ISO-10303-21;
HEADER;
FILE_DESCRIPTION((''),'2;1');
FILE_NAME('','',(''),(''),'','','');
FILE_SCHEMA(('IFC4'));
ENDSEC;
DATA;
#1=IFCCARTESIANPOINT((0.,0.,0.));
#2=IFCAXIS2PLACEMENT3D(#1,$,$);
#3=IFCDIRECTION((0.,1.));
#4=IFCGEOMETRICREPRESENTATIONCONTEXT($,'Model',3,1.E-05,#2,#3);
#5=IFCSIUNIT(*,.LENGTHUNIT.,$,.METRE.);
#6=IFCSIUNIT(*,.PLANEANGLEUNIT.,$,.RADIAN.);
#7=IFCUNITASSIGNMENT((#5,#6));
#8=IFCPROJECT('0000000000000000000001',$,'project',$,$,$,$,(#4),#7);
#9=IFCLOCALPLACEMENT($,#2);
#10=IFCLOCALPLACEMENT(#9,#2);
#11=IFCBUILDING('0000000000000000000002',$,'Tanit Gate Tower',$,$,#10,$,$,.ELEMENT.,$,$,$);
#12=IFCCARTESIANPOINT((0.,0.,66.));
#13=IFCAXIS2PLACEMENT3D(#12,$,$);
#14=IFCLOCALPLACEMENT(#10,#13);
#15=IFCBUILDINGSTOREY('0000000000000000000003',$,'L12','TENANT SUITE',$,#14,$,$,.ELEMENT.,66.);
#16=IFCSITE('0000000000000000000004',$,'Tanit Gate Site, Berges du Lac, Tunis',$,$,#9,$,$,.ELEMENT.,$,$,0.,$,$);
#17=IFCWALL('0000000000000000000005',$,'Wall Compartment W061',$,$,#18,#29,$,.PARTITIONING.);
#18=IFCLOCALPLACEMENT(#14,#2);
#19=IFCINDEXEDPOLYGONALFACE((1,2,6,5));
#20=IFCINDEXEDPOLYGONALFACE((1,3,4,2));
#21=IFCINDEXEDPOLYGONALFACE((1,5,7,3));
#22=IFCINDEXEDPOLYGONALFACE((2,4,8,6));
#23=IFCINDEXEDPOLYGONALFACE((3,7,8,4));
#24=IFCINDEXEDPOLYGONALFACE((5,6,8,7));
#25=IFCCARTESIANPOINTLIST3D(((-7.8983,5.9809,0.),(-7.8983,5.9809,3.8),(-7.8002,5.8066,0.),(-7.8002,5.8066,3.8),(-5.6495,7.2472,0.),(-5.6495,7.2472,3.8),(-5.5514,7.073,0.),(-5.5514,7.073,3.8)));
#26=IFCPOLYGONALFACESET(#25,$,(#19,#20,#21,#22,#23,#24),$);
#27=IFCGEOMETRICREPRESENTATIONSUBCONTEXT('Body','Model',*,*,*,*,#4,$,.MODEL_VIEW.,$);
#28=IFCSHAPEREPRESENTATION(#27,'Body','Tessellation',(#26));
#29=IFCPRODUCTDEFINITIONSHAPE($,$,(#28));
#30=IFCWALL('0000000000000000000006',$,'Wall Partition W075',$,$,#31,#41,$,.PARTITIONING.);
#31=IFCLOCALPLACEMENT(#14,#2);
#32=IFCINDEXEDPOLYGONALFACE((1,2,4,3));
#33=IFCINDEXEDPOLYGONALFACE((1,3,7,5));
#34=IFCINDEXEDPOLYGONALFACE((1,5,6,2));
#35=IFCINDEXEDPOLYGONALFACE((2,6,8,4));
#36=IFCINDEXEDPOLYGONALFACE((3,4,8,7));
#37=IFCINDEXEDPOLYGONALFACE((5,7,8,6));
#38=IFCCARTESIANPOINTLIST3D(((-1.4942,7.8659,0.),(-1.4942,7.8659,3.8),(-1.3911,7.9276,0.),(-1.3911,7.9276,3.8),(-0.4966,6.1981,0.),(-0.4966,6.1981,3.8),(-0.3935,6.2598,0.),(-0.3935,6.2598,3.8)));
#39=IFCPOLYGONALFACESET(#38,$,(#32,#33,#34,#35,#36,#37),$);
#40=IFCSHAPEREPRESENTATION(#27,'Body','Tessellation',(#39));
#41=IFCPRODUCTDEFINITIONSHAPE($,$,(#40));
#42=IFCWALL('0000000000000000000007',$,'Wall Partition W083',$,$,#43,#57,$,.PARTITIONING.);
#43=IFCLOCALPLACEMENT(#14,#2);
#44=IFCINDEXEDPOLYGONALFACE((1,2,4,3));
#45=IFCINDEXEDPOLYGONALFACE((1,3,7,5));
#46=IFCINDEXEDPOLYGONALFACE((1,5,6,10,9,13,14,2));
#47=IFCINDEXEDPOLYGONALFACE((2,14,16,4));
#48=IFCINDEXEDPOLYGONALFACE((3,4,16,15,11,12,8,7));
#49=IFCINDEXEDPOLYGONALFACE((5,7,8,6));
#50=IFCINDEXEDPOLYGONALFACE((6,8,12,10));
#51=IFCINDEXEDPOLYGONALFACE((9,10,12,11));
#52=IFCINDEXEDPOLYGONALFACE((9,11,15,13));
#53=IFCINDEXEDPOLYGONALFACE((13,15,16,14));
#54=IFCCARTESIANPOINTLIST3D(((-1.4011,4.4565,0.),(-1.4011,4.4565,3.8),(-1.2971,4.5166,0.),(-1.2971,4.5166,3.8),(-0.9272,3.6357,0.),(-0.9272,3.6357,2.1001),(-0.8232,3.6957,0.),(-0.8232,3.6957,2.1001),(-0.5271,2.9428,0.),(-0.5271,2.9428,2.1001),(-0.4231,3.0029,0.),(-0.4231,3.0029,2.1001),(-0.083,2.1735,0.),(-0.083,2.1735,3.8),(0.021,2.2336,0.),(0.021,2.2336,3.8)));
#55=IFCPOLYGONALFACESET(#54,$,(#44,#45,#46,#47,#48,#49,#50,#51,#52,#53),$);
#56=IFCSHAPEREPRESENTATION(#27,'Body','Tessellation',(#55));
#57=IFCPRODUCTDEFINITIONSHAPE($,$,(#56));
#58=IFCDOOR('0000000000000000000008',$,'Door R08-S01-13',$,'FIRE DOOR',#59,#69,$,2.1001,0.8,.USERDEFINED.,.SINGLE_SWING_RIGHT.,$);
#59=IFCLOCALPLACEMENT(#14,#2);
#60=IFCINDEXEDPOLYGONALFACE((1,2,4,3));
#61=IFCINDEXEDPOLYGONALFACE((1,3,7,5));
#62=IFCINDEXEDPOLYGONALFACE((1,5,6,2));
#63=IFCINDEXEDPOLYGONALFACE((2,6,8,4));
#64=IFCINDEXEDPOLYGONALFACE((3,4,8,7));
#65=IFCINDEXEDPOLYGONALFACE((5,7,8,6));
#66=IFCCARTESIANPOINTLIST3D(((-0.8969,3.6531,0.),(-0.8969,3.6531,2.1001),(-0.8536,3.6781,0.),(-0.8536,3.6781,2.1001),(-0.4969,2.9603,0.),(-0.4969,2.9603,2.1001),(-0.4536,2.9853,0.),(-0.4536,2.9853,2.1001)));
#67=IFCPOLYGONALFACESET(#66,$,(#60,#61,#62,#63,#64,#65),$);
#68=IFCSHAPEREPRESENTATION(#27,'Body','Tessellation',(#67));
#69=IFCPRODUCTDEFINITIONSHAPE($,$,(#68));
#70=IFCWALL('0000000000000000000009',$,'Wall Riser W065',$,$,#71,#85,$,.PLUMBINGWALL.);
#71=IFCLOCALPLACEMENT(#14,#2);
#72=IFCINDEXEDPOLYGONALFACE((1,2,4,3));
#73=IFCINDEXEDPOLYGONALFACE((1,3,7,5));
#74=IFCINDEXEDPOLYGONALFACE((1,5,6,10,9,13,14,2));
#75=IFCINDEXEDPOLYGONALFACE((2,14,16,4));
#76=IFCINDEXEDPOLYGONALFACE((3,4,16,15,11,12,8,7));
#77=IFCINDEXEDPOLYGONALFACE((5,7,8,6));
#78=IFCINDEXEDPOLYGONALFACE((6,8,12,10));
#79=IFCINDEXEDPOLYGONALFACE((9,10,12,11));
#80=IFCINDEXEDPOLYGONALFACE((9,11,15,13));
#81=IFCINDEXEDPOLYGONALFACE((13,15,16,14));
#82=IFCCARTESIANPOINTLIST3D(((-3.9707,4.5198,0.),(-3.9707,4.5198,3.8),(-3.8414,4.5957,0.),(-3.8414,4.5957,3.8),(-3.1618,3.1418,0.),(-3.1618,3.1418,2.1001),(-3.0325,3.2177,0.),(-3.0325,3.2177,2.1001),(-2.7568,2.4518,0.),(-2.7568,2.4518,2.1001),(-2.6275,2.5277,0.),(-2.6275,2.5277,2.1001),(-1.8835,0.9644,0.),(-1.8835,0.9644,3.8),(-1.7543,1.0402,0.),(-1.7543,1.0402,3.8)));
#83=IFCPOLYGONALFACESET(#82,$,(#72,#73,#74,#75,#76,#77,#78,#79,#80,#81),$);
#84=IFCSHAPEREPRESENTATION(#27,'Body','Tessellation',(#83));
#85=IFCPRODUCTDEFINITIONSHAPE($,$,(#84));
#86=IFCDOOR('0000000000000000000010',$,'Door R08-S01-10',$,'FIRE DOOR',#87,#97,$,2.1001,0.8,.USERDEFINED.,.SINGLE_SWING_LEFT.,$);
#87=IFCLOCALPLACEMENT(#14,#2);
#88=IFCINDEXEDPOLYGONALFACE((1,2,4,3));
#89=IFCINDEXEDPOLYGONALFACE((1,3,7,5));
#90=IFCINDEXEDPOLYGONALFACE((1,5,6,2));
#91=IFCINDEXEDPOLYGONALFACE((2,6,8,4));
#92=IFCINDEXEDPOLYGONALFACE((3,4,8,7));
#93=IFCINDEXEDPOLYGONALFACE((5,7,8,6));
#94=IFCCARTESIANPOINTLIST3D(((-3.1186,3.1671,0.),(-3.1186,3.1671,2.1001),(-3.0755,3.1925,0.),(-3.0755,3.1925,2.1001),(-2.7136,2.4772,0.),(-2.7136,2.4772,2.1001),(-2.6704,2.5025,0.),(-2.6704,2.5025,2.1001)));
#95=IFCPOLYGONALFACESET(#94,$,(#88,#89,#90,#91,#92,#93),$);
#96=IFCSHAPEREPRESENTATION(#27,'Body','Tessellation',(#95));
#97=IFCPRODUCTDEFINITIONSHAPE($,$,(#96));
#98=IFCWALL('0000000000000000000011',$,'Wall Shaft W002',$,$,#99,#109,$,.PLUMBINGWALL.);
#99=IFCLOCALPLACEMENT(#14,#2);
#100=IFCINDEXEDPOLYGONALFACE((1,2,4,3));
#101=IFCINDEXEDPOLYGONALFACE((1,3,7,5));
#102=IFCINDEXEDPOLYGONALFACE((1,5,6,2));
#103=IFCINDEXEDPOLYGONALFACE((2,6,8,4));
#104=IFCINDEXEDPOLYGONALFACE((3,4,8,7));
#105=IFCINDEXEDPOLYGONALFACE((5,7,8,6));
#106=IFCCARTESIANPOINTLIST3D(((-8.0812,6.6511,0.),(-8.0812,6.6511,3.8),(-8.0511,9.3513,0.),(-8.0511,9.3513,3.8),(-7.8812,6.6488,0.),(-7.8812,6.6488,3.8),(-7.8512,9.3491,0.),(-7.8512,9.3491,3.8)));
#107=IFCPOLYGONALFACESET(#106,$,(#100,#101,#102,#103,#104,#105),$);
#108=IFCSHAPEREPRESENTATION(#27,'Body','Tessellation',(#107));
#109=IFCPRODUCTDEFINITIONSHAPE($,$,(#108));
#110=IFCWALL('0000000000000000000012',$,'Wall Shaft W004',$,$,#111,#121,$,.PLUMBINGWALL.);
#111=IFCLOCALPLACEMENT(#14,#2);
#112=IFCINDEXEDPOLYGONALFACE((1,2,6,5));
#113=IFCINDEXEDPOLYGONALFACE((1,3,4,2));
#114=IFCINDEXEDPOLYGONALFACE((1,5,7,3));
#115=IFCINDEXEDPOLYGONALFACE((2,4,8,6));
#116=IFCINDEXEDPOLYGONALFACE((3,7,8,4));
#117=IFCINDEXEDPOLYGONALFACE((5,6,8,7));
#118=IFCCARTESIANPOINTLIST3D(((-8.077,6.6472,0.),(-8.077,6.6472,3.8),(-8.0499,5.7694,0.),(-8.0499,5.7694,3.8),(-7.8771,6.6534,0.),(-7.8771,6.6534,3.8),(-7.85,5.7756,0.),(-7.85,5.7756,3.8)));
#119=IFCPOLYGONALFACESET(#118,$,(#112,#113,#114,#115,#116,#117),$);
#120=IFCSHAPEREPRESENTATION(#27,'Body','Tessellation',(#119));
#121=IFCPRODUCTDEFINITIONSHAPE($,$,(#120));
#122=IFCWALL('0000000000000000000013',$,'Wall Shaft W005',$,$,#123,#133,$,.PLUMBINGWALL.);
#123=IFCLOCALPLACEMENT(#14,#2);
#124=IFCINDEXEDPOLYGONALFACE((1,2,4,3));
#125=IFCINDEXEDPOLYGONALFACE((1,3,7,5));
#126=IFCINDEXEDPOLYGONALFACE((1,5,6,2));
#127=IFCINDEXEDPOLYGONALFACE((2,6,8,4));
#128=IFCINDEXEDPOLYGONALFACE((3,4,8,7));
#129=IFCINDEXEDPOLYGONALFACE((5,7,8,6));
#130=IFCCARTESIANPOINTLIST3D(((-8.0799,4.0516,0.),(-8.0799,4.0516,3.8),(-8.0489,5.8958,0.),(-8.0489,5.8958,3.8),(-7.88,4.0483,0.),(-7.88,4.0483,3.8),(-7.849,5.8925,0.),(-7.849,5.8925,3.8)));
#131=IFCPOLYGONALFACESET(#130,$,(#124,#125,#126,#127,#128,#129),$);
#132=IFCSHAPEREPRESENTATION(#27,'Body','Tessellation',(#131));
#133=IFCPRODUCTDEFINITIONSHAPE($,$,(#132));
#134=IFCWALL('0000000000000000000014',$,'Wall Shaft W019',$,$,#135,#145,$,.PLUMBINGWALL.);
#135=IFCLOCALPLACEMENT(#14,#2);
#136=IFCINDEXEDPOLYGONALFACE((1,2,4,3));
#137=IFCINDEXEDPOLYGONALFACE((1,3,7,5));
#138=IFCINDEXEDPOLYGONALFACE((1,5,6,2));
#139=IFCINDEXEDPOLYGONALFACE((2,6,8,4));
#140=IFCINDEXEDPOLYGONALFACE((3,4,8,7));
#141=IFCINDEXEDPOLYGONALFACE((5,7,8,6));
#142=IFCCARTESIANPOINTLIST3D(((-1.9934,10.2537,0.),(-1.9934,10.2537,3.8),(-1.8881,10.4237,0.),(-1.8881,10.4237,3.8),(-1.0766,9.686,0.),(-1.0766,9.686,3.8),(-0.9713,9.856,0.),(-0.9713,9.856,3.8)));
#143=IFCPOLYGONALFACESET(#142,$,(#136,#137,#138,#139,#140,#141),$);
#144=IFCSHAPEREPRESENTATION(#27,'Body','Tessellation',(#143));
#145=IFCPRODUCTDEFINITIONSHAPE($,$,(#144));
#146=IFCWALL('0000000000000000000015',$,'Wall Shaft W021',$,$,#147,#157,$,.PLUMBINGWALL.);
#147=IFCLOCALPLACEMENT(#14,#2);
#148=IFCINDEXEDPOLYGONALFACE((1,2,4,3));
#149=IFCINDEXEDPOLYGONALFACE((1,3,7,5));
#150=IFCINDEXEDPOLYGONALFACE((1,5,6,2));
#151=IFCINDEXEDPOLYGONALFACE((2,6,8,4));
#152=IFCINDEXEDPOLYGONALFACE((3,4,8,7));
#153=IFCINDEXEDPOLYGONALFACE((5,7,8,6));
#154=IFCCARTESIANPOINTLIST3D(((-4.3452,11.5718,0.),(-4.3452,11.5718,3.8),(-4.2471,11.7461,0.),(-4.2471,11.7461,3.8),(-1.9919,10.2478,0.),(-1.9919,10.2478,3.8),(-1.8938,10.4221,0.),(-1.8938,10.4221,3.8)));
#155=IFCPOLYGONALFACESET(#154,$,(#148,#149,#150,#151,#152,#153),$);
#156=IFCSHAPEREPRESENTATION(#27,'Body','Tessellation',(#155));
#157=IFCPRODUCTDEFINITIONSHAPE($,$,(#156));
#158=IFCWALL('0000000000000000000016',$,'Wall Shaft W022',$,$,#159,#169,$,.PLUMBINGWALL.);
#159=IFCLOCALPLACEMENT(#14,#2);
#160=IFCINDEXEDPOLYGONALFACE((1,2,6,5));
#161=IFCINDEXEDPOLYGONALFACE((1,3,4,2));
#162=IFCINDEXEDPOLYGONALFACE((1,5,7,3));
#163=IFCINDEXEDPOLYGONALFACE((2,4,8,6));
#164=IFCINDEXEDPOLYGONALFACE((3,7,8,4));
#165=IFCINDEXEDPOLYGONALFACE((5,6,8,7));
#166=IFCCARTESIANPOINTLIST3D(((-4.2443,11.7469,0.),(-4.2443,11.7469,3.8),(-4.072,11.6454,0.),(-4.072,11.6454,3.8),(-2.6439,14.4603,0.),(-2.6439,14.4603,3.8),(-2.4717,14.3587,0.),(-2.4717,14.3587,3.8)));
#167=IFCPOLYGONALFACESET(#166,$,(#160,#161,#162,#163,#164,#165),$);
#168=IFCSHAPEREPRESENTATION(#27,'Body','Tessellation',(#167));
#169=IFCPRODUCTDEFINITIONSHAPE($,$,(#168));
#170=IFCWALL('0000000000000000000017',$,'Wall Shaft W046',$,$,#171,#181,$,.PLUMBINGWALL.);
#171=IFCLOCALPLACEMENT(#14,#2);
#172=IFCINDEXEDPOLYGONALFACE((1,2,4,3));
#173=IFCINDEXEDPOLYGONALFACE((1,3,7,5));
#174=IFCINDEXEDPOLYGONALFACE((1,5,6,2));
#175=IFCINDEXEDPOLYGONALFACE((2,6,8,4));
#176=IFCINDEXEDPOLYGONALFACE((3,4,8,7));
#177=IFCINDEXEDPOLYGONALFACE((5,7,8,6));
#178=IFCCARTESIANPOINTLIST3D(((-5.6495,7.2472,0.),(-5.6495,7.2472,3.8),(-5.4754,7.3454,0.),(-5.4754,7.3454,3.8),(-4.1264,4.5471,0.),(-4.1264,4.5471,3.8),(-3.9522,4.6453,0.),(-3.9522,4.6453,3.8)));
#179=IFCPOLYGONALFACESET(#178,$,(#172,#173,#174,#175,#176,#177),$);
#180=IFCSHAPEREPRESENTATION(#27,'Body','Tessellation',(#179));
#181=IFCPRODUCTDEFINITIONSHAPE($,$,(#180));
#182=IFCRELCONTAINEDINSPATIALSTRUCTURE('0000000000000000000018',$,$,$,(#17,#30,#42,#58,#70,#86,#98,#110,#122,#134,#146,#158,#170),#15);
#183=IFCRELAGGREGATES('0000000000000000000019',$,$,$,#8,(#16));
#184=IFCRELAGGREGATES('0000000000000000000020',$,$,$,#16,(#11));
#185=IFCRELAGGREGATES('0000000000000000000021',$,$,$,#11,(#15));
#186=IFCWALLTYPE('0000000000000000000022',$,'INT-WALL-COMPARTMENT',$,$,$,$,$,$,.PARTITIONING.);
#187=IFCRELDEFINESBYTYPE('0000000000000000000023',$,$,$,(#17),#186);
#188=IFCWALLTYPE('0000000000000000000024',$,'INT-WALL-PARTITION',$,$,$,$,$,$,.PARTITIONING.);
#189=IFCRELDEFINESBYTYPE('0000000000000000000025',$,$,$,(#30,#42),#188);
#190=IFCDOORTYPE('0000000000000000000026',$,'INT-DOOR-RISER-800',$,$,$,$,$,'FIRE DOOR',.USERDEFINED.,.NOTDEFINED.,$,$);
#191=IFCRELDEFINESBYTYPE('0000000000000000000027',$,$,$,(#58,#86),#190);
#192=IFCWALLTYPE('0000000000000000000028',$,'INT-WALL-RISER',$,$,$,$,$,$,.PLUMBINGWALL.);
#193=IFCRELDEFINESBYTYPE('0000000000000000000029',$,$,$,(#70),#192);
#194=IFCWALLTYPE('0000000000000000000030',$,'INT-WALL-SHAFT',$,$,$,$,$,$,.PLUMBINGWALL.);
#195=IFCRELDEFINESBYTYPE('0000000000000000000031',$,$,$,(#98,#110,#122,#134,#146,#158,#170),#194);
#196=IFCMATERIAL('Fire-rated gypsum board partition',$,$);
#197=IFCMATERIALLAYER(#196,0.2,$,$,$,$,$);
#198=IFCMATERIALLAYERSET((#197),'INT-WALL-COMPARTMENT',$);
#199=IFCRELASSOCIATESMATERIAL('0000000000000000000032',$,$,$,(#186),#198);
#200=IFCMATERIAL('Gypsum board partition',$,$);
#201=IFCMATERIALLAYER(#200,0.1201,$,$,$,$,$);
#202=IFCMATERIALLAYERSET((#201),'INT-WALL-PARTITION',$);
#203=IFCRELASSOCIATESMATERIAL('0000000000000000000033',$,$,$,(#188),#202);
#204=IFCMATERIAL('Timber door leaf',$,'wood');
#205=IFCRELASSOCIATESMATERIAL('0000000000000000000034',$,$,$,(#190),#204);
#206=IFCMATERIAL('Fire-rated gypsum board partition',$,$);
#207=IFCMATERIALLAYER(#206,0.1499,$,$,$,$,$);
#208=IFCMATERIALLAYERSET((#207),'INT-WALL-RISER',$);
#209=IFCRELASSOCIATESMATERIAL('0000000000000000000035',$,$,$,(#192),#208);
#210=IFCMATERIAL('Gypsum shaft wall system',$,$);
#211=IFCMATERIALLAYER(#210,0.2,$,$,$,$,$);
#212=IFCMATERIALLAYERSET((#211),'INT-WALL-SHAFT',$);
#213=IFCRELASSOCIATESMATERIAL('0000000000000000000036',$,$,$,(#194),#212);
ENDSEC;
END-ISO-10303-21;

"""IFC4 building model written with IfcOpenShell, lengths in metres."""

from ifc_helpers import new_model, si_unit, direction, frame, frame_2d, origin, place, context, subcontext, project, spatial, rectangle, extrude, material, layer, layer_set, type_object, element, fill, save


model = new_model("IFC4")

# Units and contexts
model_context = context("Model", 3, precision=1e-05, world=origin(), true_north=direction((0.0, 1.0)))
body_context = subcontext(model_context, "Body", "Model", "MODEL_VIEW")
ifc_project = project(units=[si_unit("LENGTHUNIT", "METRE"), si_unit("PLANEANGLEUNIT", "RADIAN")], contexts=[model_context])

# Site, building, storey
site_placement = place(None, origin())
site = spatial("IfcSite", under=ifc_project, at=site_placement, Name="Tanit Gate Site, Berges du Lac, Tunis", CompositionType="ELEMENT", RefElevation=0.0)
building_placement = place(site_placement, origin())
building = spatial("IfcBuilding", under=site, at=building_placement, Name="Tanit Gate Tower", CompositionType="ELEMENT")
storey_placement = place(building_placement, frame((0.0, 0.0, 66.0)))
storey = spatial("IfcBuildingStorey", under=building, at=storey_placement, Name="L12", Description="TENANT SUITE", CompositionType="ELEMENT", Elevation=66.0)

# Walls
ifc_material_1 = material(Name="Fire-rated gypsum board partition")
ifc_layer_1 = layer(ifc_material_1, 0.2)
ifc_layer_set_1 = layer_set([ifc_layer_1], Name="INT-WALL-COMPARTMENT")
wall_type_1 = type_object("IfcWallType", Name="INT-WALL-COMPARTMENT", PredefinedType="PARTITIONING", material=ifc_layer_set_1)
wall_1_placement = place(storey_placement, frame((-5.6003, 7.1602, 0.0), z_axis=(0.0, 0.0, 1.0), x_axis=(-0.87134, -0.490679, 0.0)))
element("IfcWall", 1, at=wall_1_placement, inside=storey, type_object=wall_type_1, Name="Wall Compartment W061", PredefinedType="PARTITIONING", context=body_context, shape_type="SweptSolid", body=[
    extrude(rectangle(XDim=2.5808, YDim=0.2, at=frame_2d((1.2905, 0.0))), origin(), (0.0, 0.0, 1.0), 3.8),
])
ifc_material_2 = material(Name="Gypsum board partition")
ifc_layer_2 = layer(ifc_material_2, 0.1201)
ifc_layer_set_2 = layer_set([ifc_layer_2], Name="INT-WALL-PARTITION")
wall_type_2 = type_object("IfcWallType", Name="INT-WALL-PARTITION", PredefinedType="PARTITIONING", material=ifc_layer_set_2)
wall_2_placement = place(storey_placement, frame((-1.4426, 7.8967, 0.0), z_axis=(0.0, 0.0, 1.0), x_axis=(0.513331, -0.858191, 0.0)))
element("IfcWall", 2, at=wall_2_placement, inside=storey, type_object=wall_type_2, Name="Wall Partition W075", PredefinedType="PARTITIONING", context=body_context, shape_type="SweptSolid", body=[
    extrude(rectangle(XDim=1.9434, YDim=0.1201, at=frame_2d((0.9717, 0.0))), origin(), (0.0, 0.0, 1.0), 3.8),
])

# Walls, openings, doors
wall_3_placement = place(storey_placement, frame((-1.3491, 4.4866, 0.0), z_axis=(0.0, 0.0, 1.0), x_axis=(0.500014, -0.866017, 0.0)))
wall_3 = element("IfcWall", 3, at=wall_3_placement, inside=storey, type_object=wall_type_2, Name="Wall Partition W083", PredefinedType="PARTITIONING", context=body_context, shape_type="SweptSolid", body=[
    extrude(rectangle(XDim=2.6362, YDim=0.1201, at=frame_2d((1.3181, 0.0))), origin(), (0.0, 0.0, 1.0), 3.8),
])
opening_1_placement = place(wall_3_placement, frame((0.948, 0.0, 0.0)))
opening_1 = element("IfcOpeningElement", 4, at=opening_1_placement, cuts=wall_3, PredefinedType="OPENING", context=body_context, shape_type="SweptSolid", body=[
    extrude(rectangle(XDim=0.8, YDim=2.1001, at=frame_2d((0.3999, 1.05))), frame((0.0, 0.0701, 0.0), z_axis=(0.0, -1.0, 0.0), x_axis=(1.0, 0.0, 0.0)), (0.0, 0.0, 1.0), 0.1401),
])
ifc_material_3 = material(Name="Timber door leaf", Category="wood")
door_type_1 = type_object("IfcDoorType", Name="INT-DOOR-RISER-800", ElementType="FIRE DOOR", OperationType="NOTDEFINED", PredefinedType="USERDEFINED", material=ifc_material_3)
door_1_placement = place(opening_1_placement, origin())
door_1 = element("IfcDoor", 5, at=door_1_placement, inside=storey, type_object=door_type_1, Name="Door R08-S01-13", ObjectType="FIRE DOOR", OperationType="SINGLE_SWING_RIGHT", OverallHeight=2.1001, OverallWidth=0.8, PredefinedType="USERDEFINED", context=body_context, shape_type="SweptSolid", body=[
    extrude(rectangle(XDim=0.8, YDim=2.1001, at=frame_2d((0.3999, 1.05))), frame((0.0, 0.0249, 0.0), z_axis=(0.0, -1.0, 0.0), x_axis=(1.0, 0.0, 0.0)), (0.0, 0.0, 1.0), 0.05),
])
fill(opening_1, door_1)
ifc_material_4 = material(Name="Fire-rated gypsum board partition")
ifc_layer_3 = layer(ifc_material_4, 0.1499)
ifc_layer_set_3 = layer_set([ifc_layer_3], Name="INT-WALL-RISER")
wall_type_3 = type_object("IfcWallType", Name="INT-WALL-RISER", PredefinedType="PLUMBINGWALL", material=ifc_layer_set_3)
wall_4_placement = place(storey_placement, frame((-1.8188, 1.0022, 0.0), z_axis=(0.0, 0.0, 1.0), x_axis=(-0.506251, 0.862386, 0.0)))
wall_4 = element("IfcWall", 6, at=wall_4_placement, inside=storey, type_object=wall_type_3, Name="Wall Riser W065", PredefinedType="PLUMBINGWALL", context=body_context, shape_type="SweptSolid", body=[
    extrude(rectangle(XDim=4.1228, YDim=0.1499, at=frame_2d((2.0615, 0.0))), origin(), (0.0, 0.0, 1.0), 3.8),
])
opening_2_placement = place(wall_4_placement, frame((1.7251, 0.0, 0.0)))
opening_2 = element("IfcOpeningElement", 7, at=opening_2_placement, cuts=wall_4, PredefinedType="OPENING", context=body_context, shape_type="SweptSolid", body=[
    extrude(rectangle(XDim=0.8, YDim=2.1001, at=frame_2d((0.3999, 1.05))), frame((0.0, 0.085, 0.0), z_axis=(0.0, -1.0, 0.0), x_axis=(1.0, 0.0, 0.0)), (0.0, 0.0, 1.0), 0.1699),
])
door_2_placement = place(opening_2_placement, origin())
door_2 = element("IfcDoor", 8, at=door_2_placement, inside=storey, type_object=door_type_1, Name="Door R08-S01-10", ObjectType="FIRE DOOR", OperationType="SINGLE_SWING_LEFT", OverallHeight=2.1001, OverallWidth=0.8, PredefinedType="USERDEFINED", context=body_context, shape_type="SweptSolid", body=[
    extrude(rectangle(XDim=0.8, YDim=2.1001, at=frame_2d((0.3999, 1.05))), frame((0.0, 0.0249, 0.0), z_axis=(0.0, -1.0, 0.0), x_axis=(1.0, 0.0, 0.0)), (0.0, 0.0, 1.0), 0.05),
])
fill(opening_2, door_2)

# Walls
ifc_material_5 = material(Name="Gypsum shaft wall system")
ifc_layer_4 = layer(ifc_material_5, 0.2)
ifc_layer_set_4 = layer_set([ifc_layer_4], Name="INT-WALL-SHAFT")
wall_type_4 = type_object("IfcWallType", Name="INT-WALL-SHAFT", PredefinedType="PLUMBINGWALL", material=ifc_layer_set_4)
wall_5_placement = place(storey_placement, frame((-7.9512, 9.3501, 0.0), z_axis=(0.0, 0.0, 1.0), x_axis=(-0.01112, -0.999938, 0.0)))
element("IfcWall", 9, at=wall_5_placement, inside=storey, type_object=wall_type_4, Name="Wall Shaft W002", PredefinedType="PLUMBINGWALL", context=body_context, shape_type="SweptSolid", body=[
    extrude(rectangle(XDim=2.7004, YDim=0.2, at=frame_2d((1.3501, 0.0))), origin(), (0.0, 0.0, 1.0), 3.8),
])
wall_6_placement = place(storey_placement, frame((-7.9771, 6.6501, 0.0), z_axis=(0.0, 0.0, 1.0), x_axis=(0.030862, -0.999524, 0.0)))
element("IfcWall", 10, at=wall_6_placement, inside=storey, type_object=wall_type_4, Name="Wall Shaft W004", PredefinedType="PLUMBINGWALL", context=body_context, shape_type="SweptSolid", body=[
    extrude(rectangle(XDim=0.8782, YDim=0.2, at=frame_2d((0.439, 0.0))), origin(), (0.0, 0.0, 1.0), 3.8),
])
wall_7_placement = place(storey_placement, frame((-7.949, 5.8943, 0.0), z_axis=(0.0, 0.0, 1.0), x_axis=(-0.01681, -0.999859, 0.0)))
element("IfcWall", 11, at=wall_7_placement, inside=storey, type_object=wall_type_4, Name="Wall Shaft W005", PredefinedType="PLUMBINGWALL", context=body_context, shape_type="SweptSolid", body=[
    extrude(rectangle(XDim=1.8445, YDim=0.2, at=frame_2d((0.9224, 0.0))), origin(), (0.0, 0.0, 1.0), 3.8),
])
wall_8_placement = place(storey_placement, frame((-1.9407, 10.3386, 0.0), z_axis=(0.0, 0.0, 1.0), x_axis=(0.850217, -0.526433, 0.0)))
element("IfcWall", 12, at=wall_8_placement, inside=storey, type_object=wall_type_4, Name="Wall Shaft W019", PredefinedType="PLUMBINGWALL", context=body_context, shape_type="SweptSolid", body=[
    extrude(rectangle(XDim=1.0784, YDim=0.2, at=frame_2d((0.5391, 0.0))), origin(), (0.0, 0.0, 1.0), 3.8),
])
wall_9_placement = place(storey_placement, frame((-4.2961, 11.6589, 0.0), z_axis=(0.0, 0.0, 1.0), x_axis=(0.871534, -0.490334, 0.0)))
element("IfcWall", 13, at=wall_9_placement, inside=storey, type_object=wall_type_4, Name="Wall Shaft W021", PredefinedType="PLUMBINGWALL", context=body_context, shape_type="SweptSolid", body=[
    extrude(rectangle(XDim=2.7002, YDim=0.2, at=frame_2d((1.3501, 0.0))), origin(), (0.0, 0.0, 1.0), 3.8),
])
wall_10_placement = place(storey_placement, frame((-4.1582, 11.696, 0.0), z_axis=(0.0, 0.0, 1.0), x_axis=(0.508019, 0.861346, 0.0)))
element("IfcWall", 14, at=wall_10_placement, inside=storey, type_object=wall_type_4, Name="Wall Shaft W022", PredefinedType="PLUMBINGWALL", context=body_context, shape_type="SweptSolid", body=[
    extrude(rectangle(XDim=3.1501, YDim=0.2, at=frame_2d((1.5752, 0.0))), origin(), (0.0, 0.0, 1.0), 3.8),
])

# Wall
wall_11_placement = place(storey_placement, frame((-4.0393, 4.5962, 0.0), z_axis=(0.0, 0.0, 1.0), x_axis=(-0.491323, 0.870978, 0.0)))
element("IfcWall", 15, at=wall_11_placement, inside=storey, type_object=wall_type_4, Name="Wall Shaft W046", PredefinedType="PLUMBINGWALL", context=body_context, shape_type="SweptSolid", body=[
    extrude(rectangle(XDim=3.1001, YDim=0.2, at=frame_2d((1.55, 0.0))), origin(), (0.0, 0.0, 1.0), 3.8),
])

save(model, "model.ifc")
